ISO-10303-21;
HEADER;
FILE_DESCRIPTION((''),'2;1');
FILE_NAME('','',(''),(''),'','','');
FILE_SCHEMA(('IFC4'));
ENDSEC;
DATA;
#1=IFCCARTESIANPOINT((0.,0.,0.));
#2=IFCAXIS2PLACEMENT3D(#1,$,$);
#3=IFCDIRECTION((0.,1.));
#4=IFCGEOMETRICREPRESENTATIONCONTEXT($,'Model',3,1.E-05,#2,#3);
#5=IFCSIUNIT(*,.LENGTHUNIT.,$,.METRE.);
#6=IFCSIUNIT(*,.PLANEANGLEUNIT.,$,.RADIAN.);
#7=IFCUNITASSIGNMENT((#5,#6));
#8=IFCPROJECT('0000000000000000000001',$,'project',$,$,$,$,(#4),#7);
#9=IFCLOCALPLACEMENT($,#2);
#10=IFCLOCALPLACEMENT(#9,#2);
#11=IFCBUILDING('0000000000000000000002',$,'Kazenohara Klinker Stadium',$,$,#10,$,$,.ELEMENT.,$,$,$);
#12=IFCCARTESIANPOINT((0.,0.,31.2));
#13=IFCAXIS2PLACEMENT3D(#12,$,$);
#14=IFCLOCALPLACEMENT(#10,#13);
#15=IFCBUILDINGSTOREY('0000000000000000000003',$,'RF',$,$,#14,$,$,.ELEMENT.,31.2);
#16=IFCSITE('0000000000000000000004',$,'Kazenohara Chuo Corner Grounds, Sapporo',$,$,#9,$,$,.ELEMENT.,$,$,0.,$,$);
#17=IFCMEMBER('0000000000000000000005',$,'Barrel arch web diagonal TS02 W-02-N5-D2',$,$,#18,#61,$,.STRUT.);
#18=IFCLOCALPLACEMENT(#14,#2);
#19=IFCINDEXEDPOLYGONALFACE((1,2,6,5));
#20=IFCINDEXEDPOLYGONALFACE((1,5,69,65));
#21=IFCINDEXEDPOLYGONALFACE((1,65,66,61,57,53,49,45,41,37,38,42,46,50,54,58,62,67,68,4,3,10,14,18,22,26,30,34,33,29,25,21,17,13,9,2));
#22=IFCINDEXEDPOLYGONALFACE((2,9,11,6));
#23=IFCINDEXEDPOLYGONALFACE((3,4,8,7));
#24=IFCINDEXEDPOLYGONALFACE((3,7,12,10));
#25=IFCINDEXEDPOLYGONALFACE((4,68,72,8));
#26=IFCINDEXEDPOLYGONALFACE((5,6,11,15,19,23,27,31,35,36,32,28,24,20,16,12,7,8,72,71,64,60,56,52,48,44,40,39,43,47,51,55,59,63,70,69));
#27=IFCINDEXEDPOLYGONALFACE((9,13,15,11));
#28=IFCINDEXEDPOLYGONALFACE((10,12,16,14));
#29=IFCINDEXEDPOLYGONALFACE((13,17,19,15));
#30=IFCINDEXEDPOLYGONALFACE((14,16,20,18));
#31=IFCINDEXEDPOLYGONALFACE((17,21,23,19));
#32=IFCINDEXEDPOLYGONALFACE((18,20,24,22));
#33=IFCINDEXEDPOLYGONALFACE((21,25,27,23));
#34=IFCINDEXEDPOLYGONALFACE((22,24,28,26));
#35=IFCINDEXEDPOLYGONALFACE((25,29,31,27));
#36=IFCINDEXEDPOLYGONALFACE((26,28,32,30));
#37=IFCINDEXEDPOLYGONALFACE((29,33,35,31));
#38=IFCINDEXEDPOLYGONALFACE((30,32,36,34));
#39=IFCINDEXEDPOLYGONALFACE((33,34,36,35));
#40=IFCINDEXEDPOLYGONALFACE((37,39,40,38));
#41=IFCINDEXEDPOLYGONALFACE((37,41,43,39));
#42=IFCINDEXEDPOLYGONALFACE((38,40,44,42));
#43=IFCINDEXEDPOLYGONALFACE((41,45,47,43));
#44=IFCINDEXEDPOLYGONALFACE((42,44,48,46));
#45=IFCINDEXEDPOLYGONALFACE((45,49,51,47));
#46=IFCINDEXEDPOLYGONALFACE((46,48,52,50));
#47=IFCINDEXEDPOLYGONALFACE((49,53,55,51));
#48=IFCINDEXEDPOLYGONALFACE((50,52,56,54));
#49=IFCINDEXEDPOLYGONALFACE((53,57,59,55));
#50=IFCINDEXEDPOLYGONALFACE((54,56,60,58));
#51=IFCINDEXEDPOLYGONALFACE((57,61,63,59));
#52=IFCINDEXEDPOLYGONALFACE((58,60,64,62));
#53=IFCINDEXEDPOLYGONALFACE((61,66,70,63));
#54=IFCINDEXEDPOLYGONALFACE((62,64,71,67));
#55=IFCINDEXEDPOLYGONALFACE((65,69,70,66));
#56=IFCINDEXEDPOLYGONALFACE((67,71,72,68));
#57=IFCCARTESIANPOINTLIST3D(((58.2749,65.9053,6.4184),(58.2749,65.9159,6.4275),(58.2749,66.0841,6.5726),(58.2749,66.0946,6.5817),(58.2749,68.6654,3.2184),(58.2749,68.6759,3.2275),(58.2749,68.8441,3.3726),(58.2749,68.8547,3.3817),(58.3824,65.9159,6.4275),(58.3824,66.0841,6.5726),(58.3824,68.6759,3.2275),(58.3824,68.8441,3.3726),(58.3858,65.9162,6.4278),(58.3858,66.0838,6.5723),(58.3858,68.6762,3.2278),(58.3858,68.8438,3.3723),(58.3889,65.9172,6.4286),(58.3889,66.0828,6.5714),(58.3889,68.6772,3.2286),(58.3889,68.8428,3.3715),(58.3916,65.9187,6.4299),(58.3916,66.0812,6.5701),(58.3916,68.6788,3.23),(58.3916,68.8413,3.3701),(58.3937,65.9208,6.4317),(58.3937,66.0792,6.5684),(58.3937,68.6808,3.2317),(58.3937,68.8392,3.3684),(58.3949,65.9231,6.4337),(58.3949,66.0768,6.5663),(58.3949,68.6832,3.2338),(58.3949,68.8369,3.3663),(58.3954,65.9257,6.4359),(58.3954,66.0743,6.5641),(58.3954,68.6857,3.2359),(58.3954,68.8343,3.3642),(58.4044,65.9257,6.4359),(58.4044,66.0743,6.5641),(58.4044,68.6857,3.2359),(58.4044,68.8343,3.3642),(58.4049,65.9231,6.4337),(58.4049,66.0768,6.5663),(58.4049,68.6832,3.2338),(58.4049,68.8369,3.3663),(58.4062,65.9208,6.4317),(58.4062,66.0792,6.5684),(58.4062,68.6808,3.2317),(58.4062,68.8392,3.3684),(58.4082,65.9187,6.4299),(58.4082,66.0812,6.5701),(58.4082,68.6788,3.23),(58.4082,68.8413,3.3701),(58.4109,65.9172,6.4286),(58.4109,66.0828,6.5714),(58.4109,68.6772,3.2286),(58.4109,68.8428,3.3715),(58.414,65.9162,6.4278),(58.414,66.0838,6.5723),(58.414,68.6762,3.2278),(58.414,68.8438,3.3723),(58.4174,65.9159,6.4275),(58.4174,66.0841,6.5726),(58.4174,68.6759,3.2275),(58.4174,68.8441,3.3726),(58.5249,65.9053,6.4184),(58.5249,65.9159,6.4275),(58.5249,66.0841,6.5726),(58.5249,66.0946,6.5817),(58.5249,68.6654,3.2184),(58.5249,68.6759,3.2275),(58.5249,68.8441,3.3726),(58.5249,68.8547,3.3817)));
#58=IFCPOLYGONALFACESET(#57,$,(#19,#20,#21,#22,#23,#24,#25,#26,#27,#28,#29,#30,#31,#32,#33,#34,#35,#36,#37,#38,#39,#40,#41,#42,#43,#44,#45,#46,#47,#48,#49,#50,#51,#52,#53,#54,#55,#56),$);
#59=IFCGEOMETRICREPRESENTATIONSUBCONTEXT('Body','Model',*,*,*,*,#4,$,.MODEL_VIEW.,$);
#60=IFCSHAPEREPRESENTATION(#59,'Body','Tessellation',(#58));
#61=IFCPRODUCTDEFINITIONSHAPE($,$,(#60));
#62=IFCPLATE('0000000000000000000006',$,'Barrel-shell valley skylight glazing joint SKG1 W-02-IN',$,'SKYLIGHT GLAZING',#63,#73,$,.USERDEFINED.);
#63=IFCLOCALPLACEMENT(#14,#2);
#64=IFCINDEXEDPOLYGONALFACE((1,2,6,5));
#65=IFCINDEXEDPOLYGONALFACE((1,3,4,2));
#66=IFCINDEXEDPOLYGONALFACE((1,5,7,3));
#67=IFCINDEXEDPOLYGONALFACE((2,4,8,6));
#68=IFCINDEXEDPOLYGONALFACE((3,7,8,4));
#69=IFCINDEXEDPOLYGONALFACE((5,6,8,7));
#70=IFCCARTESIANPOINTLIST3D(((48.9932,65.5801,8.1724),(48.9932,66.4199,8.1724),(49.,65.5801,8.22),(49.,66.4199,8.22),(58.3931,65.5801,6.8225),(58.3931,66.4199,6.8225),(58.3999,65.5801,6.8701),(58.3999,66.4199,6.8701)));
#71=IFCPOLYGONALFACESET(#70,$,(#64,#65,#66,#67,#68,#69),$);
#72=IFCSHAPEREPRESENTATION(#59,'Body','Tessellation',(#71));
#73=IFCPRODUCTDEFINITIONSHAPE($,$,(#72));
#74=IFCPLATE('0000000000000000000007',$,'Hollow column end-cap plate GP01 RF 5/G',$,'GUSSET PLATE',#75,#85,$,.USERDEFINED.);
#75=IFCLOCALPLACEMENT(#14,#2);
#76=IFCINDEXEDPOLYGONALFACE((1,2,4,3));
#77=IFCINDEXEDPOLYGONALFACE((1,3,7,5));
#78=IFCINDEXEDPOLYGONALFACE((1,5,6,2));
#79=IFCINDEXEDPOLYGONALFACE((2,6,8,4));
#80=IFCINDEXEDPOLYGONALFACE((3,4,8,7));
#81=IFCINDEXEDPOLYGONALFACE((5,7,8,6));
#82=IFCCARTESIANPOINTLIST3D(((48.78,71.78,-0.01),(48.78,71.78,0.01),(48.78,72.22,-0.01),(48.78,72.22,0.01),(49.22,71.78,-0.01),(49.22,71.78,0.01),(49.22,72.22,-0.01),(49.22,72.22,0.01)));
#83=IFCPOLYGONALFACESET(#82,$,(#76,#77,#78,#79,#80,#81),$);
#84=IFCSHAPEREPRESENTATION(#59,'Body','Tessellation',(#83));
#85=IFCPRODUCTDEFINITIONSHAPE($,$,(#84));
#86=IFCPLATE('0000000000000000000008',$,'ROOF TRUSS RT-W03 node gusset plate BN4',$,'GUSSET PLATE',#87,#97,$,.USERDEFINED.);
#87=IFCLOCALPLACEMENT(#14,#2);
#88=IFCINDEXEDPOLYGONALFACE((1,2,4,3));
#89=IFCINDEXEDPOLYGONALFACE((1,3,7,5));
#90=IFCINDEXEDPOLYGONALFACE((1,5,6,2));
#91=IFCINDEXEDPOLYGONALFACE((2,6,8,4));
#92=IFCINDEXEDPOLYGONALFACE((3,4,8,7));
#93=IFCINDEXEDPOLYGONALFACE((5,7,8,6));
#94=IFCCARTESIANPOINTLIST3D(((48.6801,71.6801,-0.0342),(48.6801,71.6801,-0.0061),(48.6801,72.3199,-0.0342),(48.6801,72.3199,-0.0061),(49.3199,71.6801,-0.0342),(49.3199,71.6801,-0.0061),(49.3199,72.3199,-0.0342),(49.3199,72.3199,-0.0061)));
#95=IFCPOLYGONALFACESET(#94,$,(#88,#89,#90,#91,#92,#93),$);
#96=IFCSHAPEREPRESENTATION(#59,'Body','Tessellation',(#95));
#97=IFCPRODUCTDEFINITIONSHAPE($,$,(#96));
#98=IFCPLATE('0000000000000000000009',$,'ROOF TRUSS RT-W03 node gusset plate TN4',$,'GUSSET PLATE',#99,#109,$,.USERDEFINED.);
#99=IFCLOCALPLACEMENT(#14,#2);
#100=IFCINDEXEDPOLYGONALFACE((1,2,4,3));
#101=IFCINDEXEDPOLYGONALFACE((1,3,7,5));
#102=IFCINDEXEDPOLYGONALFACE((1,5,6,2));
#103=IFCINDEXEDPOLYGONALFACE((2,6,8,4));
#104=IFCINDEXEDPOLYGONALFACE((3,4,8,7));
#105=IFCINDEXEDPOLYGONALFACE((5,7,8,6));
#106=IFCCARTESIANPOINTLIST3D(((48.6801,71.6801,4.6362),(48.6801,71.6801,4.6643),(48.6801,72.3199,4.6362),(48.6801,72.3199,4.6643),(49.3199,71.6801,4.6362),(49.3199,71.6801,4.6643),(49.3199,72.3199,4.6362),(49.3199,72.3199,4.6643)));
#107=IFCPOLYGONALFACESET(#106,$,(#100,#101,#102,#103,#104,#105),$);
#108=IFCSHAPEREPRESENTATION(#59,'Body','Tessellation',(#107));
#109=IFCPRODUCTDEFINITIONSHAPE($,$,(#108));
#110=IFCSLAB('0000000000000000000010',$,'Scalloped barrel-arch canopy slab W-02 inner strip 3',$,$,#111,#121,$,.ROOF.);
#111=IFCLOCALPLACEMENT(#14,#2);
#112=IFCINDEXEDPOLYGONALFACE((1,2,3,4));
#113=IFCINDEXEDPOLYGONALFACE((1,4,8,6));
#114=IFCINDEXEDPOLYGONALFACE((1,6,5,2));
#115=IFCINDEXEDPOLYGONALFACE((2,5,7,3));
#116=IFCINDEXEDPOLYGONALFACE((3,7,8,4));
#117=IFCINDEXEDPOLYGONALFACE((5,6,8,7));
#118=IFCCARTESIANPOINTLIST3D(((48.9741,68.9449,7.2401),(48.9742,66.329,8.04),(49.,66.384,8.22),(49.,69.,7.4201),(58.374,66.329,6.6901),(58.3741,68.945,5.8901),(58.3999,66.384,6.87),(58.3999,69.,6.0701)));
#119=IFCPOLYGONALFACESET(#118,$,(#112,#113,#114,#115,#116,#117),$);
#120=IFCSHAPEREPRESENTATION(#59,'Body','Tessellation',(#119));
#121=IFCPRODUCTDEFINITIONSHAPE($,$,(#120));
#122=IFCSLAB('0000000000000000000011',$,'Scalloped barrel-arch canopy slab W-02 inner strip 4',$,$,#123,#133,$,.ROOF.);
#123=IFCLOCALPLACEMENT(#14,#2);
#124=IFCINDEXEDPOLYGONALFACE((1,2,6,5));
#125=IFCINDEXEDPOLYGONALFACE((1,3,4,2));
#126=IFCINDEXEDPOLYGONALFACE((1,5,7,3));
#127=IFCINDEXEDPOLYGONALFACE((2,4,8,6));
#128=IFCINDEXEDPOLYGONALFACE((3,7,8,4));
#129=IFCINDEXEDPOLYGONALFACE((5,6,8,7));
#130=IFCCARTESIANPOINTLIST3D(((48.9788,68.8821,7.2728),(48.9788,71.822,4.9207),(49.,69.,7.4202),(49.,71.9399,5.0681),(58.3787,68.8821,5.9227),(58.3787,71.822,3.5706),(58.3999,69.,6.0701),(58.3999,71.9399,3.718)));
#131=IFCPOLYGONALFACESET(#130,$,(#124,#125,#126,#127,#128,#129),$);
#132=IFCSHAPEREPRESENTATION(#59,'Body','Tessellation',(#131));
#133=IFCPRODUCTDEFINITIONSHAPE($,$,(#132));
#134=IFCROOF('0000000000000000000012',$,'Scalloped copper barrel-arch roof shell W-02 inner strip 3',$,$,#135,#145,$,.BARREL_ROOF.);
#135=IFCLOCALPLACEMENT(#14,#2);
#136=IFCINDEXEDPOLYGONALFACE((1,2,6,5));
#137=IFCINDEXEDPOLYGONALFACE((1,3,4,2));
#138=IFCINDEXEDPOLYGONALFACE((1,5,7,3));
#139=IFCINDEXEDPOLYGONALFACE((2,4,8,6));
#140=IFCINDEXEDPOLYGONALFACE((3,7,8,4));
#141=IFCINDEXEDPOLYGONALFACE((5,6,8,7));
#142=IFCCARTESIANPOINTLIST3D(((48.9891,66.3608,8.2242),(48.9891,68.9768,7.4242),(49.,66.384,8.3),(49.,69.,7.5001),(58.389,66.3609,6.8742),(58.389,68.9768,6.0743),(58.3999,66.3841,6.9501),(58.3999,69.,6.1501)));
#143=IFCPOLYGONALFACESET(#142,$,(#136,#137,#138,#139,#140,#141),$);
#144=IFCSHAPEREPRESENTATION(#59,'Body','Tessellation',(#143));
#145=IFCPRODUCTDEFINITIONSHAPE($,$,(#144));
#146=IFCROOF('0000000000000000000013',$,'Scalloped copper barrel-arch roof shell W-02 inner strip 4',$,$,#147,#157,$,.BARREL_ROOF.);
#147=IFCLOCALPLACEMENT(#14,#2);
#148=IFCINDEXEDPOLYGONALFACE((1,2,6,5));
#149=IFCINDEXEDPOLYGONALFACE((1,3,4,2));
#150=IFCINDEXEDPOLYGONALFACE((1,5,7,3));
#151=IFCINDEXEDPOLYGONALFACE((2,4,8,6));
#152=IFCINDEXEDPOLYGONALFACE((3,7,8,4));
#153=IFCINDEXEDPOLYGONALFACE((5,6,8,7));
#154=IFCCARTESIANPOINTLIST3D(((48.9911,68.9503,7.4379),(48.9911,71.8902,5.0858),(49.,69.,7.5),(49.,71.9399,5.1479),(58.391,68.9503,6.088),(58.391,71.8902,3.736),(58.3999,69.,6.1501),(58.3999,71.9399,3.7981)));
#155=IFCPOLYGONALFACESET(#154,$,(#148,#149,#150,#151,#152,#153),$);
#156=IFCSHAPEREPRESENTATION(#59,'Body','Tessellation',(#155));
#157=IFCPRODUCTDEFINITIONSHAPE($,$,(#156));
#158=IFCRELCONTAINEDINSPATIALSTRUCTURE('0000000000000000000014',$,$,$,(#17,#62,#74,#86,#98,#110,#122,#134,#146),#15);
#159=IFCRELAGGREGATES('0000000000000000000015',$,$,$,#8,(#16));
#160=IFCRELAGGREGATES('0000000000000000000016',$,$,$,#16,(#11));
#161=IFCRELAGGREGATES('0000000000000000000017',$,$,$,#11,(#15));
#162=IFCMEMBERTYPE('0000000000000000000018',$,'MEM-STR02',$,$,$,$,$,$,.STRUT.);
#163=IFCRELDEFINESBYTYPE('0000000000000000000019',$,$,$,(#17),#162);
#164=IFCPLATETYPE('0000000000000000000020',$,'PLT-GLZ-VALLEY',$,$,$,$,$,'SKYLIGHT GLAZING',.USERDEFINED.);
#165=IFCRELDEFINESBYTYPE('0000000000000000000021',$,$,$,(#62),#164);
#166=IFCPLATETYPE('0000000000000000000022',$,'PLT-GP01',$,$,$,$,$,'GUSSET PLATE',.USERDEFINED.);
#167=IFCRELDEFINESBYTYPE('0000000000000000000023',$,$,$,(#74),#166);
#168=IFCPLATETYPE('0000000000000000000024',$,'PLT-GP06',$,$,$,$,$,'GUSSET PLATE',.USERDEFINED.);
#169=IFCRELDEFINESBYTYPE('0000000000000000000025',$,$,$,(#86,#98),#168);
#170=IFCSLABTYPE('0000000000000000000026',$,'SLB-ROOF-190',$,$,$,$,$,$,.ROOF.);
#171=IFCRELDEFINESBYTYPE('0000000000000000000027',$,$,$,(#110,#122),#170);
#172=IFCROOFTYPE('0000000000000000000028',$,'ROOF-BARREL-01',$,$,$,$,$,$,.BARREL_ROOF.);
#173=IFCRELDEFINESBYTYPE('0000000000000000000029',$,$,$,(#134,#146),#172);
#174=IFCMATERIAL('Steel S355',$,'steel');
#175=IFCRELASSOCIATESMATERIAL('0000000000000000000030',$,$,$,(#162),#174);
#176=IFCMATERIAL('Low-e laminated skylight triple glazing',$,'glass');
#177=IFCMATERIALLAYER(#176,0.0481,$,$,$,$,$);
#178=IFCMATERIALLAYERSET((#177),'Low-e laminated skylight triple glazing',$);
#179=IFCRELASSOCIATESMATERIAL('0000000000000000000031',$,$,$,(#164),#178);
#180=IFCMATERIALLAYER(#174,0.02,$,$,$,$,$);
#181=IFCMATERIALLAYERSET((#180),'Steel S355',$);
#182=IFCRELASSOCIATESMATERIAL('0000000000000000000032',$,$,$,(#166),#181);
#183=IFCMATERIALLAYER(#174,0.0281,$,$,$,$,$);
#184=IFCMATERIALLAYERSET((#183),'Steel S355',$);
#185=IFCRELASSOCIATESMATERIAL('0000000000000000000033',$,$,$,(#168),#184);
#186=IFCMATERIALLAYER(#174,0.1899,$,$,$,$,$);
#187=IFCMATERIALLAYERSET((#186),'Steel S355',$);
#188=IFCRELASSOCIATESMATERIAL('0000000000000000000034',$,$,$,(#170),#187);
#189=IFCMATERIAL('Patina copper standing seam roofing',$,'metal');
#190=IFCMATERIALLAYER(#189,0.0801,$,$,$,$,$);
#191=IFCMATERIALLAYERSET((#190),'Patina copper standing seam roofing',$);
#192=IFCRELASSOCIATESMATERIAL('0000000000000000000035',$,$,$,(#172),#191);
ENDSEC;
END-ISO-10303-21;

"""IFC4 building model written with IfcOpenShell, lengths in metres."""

from ifc_helpers import new_model, si_unit, direction, frame, origin, origin_2d, place, context, subcontext, project, spatial, polyline, rectangle, i_section, outline, extrude, material, layer, layer_set, material_profile, profile_set, type_object, element, save


model = new_model("IFC4")

# Units and contexts
model_context = context("Model", 3, precision=1e-05, world=origin(), true_north=direction((0.0, 1.0)))
body_context = subcontext(model_context, "Body", "Model", "MODEL_VIEW")
ifc_project = project(units=[si_unit("LENGTHUNIT", "METRE"), si_unit("PLANEANGLEUNIT", "RADIAN")], contexts=[model_context])

# Site, building, storey
site_placement = place(None, origin())
site = spatial("IfcSite", under=ifc_project, at=site_placement, Name="Kazenohara Chuo Corner Grounds, Sapporo", CompositionType="ELEMENT", RefElevation=0.0)
building_placement = place(site_placement, origin())
building = spatial("IfcBuilding", under=site, at=building_placement, Name="Kazenohara Klinker Stadium", CompositionType="ELEMENT")
storey_placement = place(building_placement, frame((0.0, 0.0, 31.2)))
storey = spatial("IfcBuildingStorey", under=building, at=storey_placement, Name="RF", CompositionType="ELEMENT", Elevation=31.2)

# Member
ifc_material_1 = material(Name="Steel S355", Category="steel")
ifc_material_profile_1 = material_profile(ifc_material_1, i_section(OverallWidth=0.25, OverallDepth=0.25, WebThickness=0.009, FlangeThickness=0.0139, FilletRadius=0.0129, at=origin_2d()), Name="H-250x250x9x14")
ifc_profile_set_1 = profile_set([ifc_material_profile_1], Name="Steel S355")
member_type_1 = type_object("IfcMemberType", Name="MEM-STR02", PredefinedType="STRUT", material=ifc_profile_set_1)
for number, where, z_axis, x_axis, name in (
    (1, (58.3999, 68.76, 3.3), (0.0, -0.653134, 0.757242), (1.0, 0.0, 0.0), "Barrel arch web diagonal TS02 W-02-N5-D2"),
):
    element("IfcMember", number, at=place(storey_placement, frame(where, z_axis=z_axis, x_axis=x_axis)), inside=storey, type_object=member_type_1, Name=name, PredefinedType="STRUT", context=body_context, shape_type="SweptSolid", body=[
        extrude(i_section(OverallWidth=0.25, OverallDepth=0.25, WebThickness=0.009, FlangeThickness=0.0139, FilletRadius=0.0129, at=origin_2d()), origin(), (0.0, 0.0, 1.0), 4.2258),
    ])

# Plates
ifc_material_2 = material(Name="Low-e laminated skylight triple glazing", Category="glass")
ifc_layer_1 = layer(ifc_material_2, 0.0481)
ifc_layer_set_1 = layer_set([ifc_layer_1], Name="Low-e laminated skylight triple glazing")
plate_type_1 = type_object("IfcPlateType", Name="PLT-GLZ-VALLEY", ElementType="SKYLIGHT GLAZING", PredefinedType="USERDEFINED", material=ifc_layer_set_1)
plate_1_placement = place(storey_placement, frame((49.0, 65.5801, 8.22), z_axis=(0.142145, 0.0, 0.989846), x_axis=(0.989846, 0.0, -0.142145)))
element("IfcPlate", 2, at=plate_1_placement, inside=storey, type_object=plate_type_1, Name="Barrel-shell valley skylight glazing joint SKG1 W-02-IN", ObjectType="SKYLIGHT GLAZING", PredefinedType="USERDEFINED", context=body_context, shape_type="SweptSolid", body=[
    extrude(outline(polyline([(0.0, 0.0), (9.4963, 0.0), (9.4963, 0.8398), (0.0, 0.8398), (0.0, 0.0)])), origin(), (0.0, 0.0, -1.0), 0.0481),
])
ifc_layer_2 = layer(ifc_material_1, 0.02)
ifc_layer_set_2 = layer_set([ifc_layer_2], Name="Steel S355")
plate_type_2 = type_object("IfcPlateType", Name="PLT-GP01", ElementType="GUSSET PLATE", PredefinedType="USERDEFINED", material=ifc_layer_set_2)
plate_2_placement = place(storey_placement, frame((49.0, 72.0, -0.01), z_axis=(0.0, 0.0, 1.0), x_axis=(1.0, 0.0, 0.0)))
element("IfcPlate", 3, at=plate_2_placement, inside=storey, type_object=plate_type_2, Name="Hollow column end-cap plate GP01 RF 5/G", ObjectType="GUSSET PLATE", PredefinedType="USERDEFINED", context=body_context, shape_type="SweptSolid", body=[
    extrude(rectangle(XDim=0.4399, YDim=0.4399, at=origin_2d()), origin(), (0.0, 0.0, 1.0), 0.02),
])
ifc_layer_3 = layer(ifc_material_1, 0.0281)
ifc_layer_set_3 = layer_set([ifc_layer_3], Name="Steel S355")
plate_type_3 = type_object("IfcPlateType", Name="PLT-GP06", ElementType="GUSSET PLATE", PredefinedType="USERDEFINED", material=ifc_layer_set_3)
for number, where, z_axis, x_axis, name in (
    (4, (49.0, 72.0, -0.0342), (0.0, 0.0, 1.0), (1.0, 0.0, 0.0), "ROOF TRUSS RT-W03 node gusset plate BN4"),
    (5, (49.0, 72.0, 4.6362), (0.0, 0.0, 1.0), (1.0, 0.0, 0.0), "ROOF TRUSS RT-W03 node gusset plate TN4"),
):
    element("IfcPlate", number, at=place(storey_placement, frame(where, z_axis=z_axis, x_axis=x_axis)), inside=storey, type_object=plate_type_3, Name=name, ObjectType="GUSSET PLATE", PredefinedType="USERDEFINED", context=body_context, shape_type="SweptSolid", body=[
        extrude(rectangle(XDim=0.6399, YDim=0.6399, at=origin_2d()), origin(), (0.0, 0.0, 1.0), 0.0281),
    ])

# Slabs
ifc_layer_4 = layer(ifc_material_1, 0.1899)
ifc_layer_set_4 = layer_set([ifc_layer_4], Name="Steel S355")
slab_type = type_object("IfcSlabType", Name="SLB-ROOF-190", PredefinedType="ROOF", material=ifc_layer_set_4)
slab_1_placement = place(storey_placement, frame((49.0, 66.384, 8.22), z_axis=(0.136061, 0.289701, 0.947397), x_axis=(0.989844, -0.000004, -0.142156)))
element("IfcSlab", 6, at=slab_1_placement, inside=storey, type_object=slab_type, Name="Scalloped barrel-arch canopy slab W-02 inner strip 3", PredefinedType="ROOF", context=body_context, shape_type="SweptSolid", body=[
    extrude(outline(polyline([(0.0, 0.0), (9.4963, 0.0), (9.6101, 2.7332), (0.1137, 2.7331), (0.0, 0.0)])), origin(), (0.0, 0.0, -1.0), 0.1899),
])
slab_2_placement = place(storey_placement, frame((49.0, 69.0, 7.4202), z_axis=(0.111455, 0.620819, 0.775991), x_axis=(0.989842, 0.0, -0.14217)))
element("IfcSlab", 7, at=slab_2_placement, inside=storey, type_object=slab_type, Name="Scalloped barrel-arch canopy slab W-02 inner strip 4", PredefinedType="ROOF", context=body_context, shape_type="SweptSolid", body=[
    extrude(outline(polyline([(0.0, 0.0), (9.4964, 0.0), (9.8308, 3.7501), (0.3344, 3.7501), (0.0, 0.0)])), origin(), (0.0, 0.0, -1.0), 0.1899),
])

# Roofs
ifc_material_3 = material(Name="Patina copper standing seam roofing", Category="metal")
ifc_layer_5 = layer(ifc_material_3, 0.0801)
ifc_layer_set_5 = layer_set([ifc_layer_5], Name="Patina copper standing seam roofing")
roof_type = type_object("IfcRoofType", Name="ROOF-BARREL-01", PredefinedType="BARREL_ROOF", material=ifc_layer_set_5)
roof_1_placement = place(storey_placement, frame((49.0, 66.384, 8.3), z_axis=(0.136061, 0.289701, 0.947397), x_axis=(0.989844, 0.000004, -0.142158)))
element("IfcRoof", 8, at=roof_1_placement, inside=storey, type_object=roof_type, Name="Scalloped copper barrel-arch roof shell W-02 inner strip 3", PredefinedType="BARREL_ROOF", context=body_context, shape_type="SweptSolid", body=[
    extrude(outline(polyline([(0.0, 0.0), (9.4964, 0.0), (9.6101, 2.7331), (0.1137, 2.7332), (0.0, 0.0)])), origin(), (0.0, 0.0, -1.0), 0.0801),
])
roof_2_placement = place(storey_placement, frame((49.0, 69.0, 7.5), z_axis=(0.111435, 0.62082, 0.775993), x_axis=(0.989846, 0.0, -0.142145)))
element("IfcRoof", 9, at=roof_2_placement, inside=storey, type_object=roof_type, Name="Scalloped copper barrel-arch roof shell W-02 inner strip 4", PredefinedType="BARREL_ROOF", context=body_context, shape_type="SweptSolid", body=[
    extrude(outline(polyline([(0.0, 0.0), (9.4963, 0.0), (9.8307, 3.7501), (0.3343, 3.7501), (0.0, 0.0)])), origin(), (0.0, 0.0, -1.0), 0.0801),
])

save(model, "model.ifc")
